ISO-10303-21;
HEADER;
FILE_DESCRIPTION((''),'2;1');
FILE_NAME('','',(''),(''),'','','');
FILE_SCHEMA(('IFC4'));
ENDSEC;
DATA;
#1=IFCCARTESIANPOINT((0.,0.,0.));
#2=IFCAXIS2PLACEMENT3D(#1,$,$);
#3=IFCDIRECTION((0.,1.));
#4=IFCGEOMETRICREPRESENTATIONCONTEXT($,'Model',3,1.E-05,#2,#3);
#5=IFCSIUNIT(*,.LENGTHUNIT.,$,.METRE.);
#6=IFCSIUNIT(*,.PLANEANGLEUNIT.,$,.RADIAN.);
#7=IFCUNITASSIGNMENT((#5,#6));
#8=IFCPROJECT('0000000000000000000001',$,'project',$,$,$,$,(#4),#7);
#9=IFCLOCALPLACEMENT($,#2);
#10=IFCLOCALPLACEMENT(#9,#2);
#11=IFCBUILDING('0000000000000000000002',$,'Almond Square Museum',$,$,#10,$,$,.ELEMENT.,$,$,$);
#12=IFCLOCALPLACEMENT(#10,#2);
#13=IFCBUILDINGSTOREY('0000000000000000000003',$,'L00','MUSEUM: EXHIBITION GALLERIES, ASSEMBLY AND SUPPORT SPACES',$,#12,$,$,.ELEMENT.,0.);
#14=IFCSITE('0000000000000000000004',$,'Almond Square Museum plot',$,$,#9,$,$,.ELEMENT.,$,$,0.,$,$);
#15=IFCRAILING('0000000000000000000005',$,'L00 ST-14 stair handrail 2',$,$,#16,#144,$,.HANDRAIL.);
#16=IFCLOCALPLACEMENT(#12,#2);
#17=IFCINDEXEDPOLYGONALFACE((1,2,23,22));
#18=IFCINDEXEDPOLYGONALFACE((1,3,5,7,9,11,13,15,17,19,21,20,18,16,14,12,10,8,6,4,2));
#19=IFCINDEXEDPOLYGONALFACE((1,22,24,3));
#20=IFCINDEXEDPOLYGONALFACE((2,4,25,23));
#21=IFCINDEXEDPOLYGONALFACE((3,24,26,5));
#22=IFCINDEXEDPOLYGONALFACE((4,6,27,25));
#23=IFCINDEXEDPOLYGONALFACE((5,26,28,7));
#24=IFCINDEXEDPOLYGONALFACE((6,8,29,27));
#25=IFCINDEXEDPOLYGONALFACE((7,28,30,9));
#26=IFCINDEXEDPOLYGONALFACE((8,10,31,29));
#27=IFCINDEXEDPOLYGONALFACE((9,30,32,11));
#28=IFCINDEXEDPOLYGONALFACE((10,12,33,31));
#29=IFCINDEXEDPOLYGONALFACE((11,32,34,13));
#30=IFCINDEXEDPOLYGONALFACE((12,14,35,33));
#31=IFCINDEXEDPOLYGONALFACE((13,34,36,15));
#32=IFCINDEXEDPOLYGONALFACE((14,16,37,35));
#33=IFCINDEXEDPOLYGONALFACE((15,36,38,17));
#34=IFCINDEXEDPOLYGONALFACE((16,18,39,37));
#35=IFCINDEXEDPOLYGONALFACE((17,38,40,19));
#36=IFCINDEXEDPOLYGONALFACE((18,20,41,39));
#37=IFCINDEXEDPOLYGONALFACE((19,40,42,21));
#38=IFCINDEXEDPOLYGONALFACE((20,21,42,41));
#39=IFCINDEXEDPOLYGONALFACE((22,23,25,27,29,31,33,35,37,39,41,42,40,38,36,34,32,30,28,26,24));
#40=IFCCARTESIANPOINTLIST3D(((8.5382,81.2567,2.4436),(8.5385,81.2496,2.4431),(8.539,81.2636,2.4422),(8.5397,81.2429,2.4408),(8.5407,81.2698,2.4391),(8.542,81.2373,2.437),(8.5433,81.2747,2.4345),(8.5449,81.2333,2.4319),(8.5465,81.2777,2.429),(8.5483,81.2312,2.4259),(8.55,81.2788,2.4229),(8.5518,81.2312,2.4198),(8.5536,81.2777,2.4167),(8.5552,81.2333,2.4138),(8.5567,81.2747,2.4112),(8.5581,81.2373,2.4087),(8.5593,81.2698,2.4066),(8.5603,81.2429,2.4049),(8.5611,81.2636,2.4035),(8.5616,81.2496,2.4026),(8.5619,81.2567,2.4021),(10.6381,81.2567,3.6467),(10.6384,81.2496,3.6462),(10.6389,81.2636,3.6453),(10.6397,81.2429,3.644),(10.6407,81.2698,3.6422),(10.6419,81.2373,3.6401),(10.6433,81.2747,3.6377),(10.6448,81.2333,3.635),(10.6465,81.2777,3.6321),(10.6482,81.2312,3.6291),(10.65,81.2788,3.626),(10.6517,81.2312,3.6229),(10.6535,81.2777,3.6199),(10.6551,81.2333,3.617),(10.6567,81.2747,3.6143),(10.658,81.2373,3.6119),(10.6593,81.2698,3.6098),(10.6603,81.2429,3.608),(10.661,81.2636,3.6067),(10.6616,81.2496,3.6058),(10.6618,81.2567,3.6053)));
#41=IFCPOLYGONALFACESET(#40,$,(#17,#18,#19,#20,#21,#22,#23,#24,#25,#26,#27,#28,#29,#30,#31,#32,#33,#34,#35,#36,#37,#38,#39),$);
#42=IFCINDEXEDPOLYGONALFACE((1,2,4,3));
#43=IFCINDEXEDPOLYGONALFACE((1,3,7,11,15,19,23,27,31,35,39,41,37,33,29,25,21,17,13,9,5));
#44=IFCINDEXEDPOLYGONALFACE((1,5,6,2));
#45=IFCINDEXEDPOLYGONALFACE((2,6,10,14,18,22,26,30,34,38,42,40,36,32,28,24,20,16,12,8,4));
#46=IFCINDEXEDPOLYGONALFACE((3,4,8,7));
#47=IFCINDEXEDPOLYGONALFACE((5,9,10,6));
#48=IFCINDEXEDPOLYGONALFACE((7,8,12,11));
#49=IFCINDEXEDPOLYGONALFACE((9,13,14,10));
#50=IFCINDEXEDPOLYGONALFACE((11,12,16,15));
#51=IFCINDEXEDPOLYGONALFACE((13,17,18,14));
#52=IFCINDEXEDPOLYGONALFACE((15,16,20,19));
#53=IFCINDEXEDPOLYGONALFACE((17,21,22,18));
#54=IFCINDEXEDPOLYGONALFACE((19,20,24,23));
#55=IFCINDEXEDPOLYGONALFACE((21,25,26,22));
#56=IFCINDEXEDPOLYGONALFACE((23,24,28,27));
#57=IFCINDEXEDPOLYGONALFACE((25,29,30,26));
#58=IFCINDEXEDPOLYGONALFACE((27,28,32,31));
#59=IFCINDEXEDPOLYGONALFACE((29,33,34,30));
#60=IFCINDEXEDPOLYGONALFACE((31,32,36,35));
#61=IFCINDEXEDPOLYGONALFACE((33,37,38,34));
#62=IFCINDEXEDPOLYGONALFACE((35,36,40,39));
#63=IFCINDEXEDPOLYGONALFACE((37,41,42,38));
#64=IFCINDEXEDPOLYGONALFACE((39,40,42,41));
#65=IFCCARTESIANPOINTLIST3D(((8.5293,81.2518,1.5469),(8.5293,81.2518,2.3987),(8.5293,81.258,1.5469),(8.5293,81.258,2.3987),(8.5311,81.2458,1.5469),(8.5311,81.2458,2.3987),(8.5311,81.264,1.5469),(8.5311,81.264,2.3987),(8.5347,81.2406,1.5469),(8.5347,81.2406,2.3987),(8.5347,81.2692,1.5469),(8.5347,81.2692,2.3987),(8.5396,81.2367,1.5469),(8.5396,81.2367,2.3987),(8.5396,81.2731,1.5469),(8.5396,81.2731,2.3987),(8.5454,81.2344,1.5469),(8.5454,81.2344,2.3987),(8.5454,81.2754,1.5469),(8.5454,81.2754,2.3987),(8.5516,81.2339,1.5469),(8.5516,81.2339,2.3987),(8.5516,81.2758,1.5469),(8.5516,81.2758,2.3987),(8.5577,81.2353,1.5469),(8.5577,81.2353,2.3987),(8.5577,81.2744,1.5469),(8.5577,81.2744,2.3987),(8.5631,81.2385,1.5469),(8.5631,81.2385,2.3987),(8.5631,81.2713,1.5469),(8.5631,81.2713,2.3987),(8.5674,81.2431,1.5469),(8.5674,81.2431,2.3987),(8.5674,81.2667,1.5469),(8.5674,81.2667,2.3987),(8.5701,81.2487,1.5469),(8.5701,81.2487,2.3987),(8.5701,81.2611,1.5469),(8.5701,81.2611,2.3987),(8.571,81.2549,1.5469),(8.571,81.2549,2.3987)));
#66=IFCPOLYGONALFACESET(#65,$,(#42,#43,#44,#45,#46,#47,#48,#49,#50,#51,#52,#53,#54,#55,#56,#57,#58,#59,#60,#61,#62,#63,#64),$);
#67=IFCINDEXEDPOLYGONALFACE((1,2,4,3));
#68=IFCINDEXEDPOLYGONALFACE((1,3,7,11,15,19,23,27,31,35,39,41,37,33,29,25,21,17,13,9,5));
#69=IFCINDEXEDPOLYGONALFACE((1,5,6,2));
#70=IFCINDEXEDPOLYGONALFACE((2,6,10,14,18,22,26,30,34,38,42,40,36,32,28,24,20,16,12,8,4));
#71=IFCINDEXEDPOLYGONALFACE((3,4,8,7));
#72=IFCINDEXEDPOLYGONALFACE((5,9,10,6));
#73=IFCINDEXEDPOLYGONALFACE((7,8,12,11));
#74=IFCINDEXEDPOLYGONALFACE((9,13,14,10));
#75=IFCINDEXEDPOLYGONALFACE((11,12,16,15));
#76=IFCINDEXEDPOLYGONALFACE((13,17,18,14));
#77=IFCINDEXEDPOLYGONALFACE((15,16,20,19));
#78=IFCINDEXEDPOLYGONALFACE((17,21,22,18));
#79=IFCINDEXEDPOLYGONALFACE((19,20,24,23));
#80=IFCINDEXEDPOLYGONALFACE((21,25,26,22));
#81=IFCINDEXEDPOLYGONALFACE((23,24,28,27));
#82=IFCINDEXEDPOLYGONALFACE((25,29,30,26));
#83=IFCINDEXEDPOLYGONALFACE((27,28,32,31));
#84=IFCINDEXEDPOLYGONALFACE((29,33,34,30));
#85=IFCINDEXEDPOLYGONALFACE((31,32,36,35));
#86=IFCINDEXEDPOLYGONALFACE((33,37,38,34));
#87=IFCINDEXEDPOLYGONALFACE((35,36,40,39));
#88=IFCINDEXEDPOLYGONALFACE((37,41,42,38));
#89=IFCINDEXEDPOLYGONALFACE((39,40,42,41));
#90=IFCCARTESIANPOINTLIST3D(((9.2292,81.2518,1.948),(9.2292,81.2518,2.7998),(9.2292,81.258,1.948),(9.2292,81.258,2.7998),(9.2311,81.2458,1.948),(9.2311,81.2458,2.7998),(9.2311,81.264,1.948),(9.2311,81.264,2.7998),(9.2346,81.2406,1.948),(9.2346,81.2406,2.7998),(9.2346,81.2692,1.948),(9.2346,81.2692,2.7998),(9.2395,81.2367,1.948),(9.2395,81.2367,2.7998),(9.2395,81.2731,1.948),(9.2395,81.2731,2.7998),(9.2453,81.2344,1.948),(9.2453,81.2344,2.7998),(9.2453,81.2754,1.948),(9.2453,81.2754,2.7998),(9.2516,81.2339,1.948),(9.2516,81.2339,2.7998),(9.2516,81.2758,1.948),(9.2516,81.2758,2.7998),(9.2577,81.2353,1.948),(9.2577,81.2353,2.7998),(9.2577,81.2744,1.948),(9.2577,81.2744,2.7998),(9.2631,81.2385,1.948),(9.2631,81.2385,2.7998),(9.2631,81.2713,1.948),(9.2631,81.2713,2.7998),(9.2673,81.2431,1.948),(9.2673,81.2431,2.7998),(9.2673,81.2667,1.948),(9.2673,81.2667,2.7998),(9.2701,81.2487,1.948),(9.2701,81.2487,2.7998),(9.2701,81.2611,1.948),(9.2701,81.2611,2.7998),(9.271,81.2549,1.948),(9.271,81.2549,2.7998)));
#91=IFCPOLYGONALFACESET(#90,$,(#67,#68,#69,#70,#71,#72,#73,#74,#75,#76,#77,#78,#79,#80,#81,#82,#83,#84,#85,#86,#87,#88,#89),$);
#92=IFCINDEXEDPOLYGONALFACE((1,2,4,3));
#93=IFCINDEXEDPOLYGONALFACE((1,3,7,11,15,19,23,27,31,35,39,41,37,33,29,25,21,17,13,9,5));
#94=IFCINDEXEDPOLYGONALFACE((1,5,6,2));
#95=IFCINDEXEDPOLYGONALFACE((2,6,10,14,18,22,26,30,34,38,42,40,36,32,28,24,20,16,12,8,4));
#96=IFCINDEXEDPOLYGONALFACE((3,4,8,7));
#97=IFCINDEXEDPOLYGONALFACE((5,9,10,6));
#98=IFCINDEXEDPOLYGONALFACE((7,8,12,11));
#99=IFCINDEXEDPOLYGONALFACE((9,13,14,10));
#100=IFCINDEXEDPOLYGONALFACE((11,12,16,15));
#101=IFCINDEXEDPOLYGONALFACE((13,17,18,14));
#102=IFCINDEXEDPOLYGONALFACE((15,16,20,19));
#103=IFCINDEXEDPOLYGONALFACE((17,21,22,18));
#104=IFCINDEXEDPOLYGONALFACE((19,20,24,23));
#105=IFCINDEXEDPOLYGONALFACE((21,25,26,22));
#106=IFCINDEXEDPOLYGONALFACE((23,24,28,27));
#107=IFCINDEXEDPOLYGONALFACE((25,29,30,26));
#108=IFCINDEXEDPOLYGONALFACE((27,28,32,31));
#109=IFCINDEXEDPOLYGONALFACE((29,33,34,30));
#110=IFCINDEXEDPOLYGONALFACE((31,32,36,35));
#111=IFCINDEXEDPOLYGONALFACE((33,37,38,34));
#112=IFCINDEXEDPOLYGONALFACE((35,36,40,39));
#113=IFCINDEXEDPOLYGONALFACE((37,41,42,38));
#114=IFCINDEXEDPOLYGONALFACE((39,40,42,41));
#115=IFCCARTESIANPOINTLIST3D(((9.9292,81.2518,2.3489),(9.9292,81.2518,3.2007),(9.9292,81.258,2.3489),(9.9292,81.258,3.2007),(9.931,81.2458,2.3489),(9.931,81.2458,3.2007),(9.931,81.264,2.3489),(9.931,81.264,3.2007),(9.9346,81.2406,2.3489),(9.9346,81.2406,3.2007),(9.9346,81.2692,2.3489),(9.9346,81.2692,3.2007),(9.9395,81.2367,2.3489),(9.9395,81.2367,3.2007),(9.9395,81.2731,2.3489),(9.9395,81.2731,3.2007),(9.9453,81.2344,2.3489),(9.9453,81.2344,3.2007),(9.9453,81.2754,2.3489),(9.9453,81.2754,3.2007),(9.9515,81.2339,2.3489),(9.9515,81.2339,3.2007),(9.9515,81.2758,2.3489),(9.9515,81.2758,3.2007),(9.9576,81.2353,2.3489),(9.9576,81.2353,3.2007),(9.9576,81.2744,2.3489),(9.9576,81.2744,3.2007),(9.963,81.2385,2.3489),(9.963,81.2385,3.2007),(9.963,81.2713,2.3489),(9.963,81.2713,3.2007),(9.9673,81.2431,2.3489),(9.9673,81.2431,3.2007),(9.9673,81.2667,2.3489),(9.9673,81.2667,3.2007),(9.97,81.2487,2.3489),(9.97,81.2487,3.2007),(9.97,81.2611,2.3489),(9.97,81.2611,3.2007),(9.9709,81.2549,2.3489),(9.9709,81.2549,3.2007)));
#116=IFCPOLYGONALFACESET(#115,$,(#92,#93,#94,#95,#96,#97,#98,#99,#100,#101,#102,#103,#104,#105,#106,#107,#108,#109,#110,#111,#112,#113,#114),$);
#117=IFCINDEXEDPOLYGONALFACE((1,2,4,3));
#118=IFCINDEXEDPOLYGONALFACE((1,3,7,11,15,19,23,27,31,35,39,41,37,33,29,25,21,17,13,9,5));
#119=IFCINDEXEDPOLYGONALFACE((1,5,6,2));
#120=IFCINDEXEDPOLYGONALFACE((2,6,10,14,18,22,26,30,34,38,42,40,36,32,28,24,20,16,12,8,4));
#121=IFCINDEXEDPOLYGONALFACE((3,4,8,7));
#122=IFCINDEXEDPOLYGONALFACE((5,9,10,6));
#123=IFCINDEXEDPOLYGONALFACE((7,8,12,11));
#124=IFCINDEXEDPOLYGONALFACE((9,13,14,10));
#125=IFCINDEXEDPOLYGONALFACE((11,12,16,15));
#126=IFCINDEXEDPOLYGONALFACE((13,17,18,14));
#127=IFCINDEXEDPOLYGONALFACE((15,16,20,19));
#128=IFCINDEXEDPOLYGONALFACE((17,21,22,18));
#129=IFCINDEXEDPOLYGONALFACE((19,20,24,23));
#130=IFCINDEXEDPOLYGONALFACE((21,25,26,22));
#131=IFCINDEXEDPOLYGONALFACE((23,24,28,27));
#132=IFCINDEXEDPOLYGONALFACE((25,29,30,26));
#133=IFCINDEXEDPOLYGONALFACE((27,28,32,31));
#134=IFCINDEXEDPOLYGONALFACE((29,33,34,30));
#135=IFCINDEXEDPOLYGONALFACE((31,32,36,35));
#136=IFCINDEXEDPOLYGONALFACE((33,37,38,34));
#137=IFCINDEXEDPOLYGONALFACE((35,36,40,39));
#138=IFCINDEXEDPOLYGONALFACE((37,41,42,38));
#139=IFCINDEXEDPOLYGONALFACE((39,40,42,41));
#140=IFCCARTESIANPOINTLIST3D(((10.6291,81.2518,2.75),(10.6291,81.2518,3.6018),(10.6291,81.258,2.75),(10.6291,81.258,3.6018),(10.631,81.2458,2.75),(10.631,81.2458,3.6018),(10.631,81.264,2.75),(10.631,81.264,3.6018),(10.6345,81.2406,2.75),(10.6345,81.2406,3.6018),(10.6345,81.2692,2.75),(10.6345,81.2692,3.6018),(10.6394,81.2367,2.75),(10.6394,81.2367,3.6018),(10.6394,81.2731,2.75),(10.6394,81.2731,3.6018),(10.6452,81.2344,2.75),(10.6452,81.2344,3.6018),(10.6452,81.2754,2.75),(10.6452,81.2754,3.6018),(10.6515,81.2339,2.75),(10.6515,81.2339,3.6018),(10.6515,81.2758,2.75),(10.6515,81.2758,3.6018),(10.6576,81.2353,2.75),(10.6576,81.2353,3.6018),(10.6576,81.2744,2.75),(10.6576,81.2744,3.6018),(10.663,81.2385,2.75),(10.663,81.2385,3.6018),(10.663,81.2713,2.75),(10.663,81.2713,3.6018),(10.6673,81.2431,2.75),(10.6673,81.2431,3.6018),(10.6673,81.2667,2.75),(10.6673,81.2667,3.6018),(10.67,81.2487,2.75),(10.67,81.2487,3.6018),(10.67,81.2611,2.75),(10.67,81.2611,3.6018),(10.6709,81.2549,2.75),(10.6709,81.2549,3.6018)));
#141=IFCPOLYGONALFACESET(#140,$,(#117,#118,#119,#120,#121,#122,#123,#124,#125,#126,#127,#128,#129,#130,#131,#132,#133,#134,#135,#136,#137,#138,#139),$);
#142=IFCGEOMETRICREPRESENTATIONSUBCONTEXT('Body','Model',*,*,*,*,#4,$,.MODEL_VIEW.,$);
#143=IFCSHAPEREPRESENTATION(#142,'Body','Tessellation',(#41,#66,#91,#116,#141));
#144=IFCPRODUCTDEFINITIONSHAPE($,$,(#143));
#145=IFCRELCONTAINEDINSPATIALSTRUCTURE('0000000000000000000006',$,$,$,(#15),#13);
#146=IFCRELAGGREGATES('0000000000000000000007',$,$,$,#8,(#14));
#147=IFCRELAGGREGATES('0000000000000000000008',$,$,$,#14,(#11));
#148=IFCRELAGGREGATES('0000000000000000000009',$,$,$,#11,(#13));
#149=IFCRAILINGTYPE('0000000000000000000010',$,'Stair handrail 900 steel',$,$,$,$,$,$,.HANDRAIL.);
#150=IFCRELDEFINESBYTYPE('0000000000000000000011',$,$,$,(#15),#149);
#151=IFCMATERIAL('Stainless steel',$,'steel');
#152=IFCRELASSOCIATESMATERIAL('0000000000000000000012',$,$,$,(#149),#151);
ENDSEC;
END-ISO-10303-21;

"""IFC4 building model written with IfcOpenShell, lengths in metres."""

from ifc_helpers import new_model, si_unit, direction, frame, origin, origin_2d, place, context, subcontext, project, spatial, circle, extrude, material, type_object, element, save


model = new_model("IFC4")

# Units and contexts
model_context = context("Model", 3, precision=1e-05, world=origin(), true_north=direction((0.0, 1.0)))
body_context = subcontext(model_context, "Body", "Model", "MODEL_VIEW")
ifc_project = project(units=[si_unit("LENGTHUNIT", "METRE"), si_unit("PLANEANGLEUNIT", "RADIAN")], contexts=[model_context])

# Site, building, storey
site_placement = place(None, origin())
site = spatial("IfcSite", under=ifc_project, at=site_placement, Name="Almond Square Museum plot", CompositionType="ELEMENT", RefElevation=0.0)
building_placement = place(site_placement, origin())
building = spatial("IfcBuilding", under=site, at=building_placement, Name="Almond Square Museum", CompositionType="ELEMENT")
storey_placement = place(building_placement, origin())
storey = spatial("IfcBuildingStorey", under=building, at=storey_placement, Name="L00", Description="MUSEUM: EXHIBITION GALLERIES, ASSEMBLY AND SUPPORT SPACES", CompositionType="ELEMENT", Elevation=0.0)

# Railing
ifc_material_1 = material(Name="Stainless steel", Category="steel")
railing_type_1 = type_object("IfcRailingType", Name="Stair handrail 900 steel", PredefinedType="HANDRAIL", material=ifc_material_1)
for number, where, name in (
    (1, (8.55, 81.2549, 1.5469), "L00 ST-14 stair handrail 2"),
):
    element("IfcRailing", number, at=place(storey_placement, frame(where)), inside=storey, type_object=railing_type_1, Name=name, PredefinedType="HANDRAIL", context=body_context, shape_type="SweptSolid", body=[
        extrude(circle(Radius=0.0239, at=origin_2d()), frame((0.0, 0.0, 0.876), z_axis=(0.867671, 0.0, 0.497138), x_axis=(0.0, 1.0, 0.0)), (0.0, 0.0, 1.0), 2.4202),
        extrude(circle(Radius=0.021, at=origin_2d()), origin(), (0.0, 0.0, 1.0), 0.8518),
        extrude(circle(Radius=0.021, at=origin_2d()), frame((0.7, 0.0, 0.4011)), (0.0, 0.0, 1.0), 0.8518),
        extrude(circle(Radius=0.021, at=origin_2d()), frame((1.3999, 0.0, 0.802)), (0.0, 0.0, 1.0), 0.8518),
        extrude(circle(Radius=0.021, at=origin_2d()), frame((2.0999, 0.0, 1.2031)), (0.0, 0.0, 1.0), 0.8518),
    ])

save(model, "model.ifc")
